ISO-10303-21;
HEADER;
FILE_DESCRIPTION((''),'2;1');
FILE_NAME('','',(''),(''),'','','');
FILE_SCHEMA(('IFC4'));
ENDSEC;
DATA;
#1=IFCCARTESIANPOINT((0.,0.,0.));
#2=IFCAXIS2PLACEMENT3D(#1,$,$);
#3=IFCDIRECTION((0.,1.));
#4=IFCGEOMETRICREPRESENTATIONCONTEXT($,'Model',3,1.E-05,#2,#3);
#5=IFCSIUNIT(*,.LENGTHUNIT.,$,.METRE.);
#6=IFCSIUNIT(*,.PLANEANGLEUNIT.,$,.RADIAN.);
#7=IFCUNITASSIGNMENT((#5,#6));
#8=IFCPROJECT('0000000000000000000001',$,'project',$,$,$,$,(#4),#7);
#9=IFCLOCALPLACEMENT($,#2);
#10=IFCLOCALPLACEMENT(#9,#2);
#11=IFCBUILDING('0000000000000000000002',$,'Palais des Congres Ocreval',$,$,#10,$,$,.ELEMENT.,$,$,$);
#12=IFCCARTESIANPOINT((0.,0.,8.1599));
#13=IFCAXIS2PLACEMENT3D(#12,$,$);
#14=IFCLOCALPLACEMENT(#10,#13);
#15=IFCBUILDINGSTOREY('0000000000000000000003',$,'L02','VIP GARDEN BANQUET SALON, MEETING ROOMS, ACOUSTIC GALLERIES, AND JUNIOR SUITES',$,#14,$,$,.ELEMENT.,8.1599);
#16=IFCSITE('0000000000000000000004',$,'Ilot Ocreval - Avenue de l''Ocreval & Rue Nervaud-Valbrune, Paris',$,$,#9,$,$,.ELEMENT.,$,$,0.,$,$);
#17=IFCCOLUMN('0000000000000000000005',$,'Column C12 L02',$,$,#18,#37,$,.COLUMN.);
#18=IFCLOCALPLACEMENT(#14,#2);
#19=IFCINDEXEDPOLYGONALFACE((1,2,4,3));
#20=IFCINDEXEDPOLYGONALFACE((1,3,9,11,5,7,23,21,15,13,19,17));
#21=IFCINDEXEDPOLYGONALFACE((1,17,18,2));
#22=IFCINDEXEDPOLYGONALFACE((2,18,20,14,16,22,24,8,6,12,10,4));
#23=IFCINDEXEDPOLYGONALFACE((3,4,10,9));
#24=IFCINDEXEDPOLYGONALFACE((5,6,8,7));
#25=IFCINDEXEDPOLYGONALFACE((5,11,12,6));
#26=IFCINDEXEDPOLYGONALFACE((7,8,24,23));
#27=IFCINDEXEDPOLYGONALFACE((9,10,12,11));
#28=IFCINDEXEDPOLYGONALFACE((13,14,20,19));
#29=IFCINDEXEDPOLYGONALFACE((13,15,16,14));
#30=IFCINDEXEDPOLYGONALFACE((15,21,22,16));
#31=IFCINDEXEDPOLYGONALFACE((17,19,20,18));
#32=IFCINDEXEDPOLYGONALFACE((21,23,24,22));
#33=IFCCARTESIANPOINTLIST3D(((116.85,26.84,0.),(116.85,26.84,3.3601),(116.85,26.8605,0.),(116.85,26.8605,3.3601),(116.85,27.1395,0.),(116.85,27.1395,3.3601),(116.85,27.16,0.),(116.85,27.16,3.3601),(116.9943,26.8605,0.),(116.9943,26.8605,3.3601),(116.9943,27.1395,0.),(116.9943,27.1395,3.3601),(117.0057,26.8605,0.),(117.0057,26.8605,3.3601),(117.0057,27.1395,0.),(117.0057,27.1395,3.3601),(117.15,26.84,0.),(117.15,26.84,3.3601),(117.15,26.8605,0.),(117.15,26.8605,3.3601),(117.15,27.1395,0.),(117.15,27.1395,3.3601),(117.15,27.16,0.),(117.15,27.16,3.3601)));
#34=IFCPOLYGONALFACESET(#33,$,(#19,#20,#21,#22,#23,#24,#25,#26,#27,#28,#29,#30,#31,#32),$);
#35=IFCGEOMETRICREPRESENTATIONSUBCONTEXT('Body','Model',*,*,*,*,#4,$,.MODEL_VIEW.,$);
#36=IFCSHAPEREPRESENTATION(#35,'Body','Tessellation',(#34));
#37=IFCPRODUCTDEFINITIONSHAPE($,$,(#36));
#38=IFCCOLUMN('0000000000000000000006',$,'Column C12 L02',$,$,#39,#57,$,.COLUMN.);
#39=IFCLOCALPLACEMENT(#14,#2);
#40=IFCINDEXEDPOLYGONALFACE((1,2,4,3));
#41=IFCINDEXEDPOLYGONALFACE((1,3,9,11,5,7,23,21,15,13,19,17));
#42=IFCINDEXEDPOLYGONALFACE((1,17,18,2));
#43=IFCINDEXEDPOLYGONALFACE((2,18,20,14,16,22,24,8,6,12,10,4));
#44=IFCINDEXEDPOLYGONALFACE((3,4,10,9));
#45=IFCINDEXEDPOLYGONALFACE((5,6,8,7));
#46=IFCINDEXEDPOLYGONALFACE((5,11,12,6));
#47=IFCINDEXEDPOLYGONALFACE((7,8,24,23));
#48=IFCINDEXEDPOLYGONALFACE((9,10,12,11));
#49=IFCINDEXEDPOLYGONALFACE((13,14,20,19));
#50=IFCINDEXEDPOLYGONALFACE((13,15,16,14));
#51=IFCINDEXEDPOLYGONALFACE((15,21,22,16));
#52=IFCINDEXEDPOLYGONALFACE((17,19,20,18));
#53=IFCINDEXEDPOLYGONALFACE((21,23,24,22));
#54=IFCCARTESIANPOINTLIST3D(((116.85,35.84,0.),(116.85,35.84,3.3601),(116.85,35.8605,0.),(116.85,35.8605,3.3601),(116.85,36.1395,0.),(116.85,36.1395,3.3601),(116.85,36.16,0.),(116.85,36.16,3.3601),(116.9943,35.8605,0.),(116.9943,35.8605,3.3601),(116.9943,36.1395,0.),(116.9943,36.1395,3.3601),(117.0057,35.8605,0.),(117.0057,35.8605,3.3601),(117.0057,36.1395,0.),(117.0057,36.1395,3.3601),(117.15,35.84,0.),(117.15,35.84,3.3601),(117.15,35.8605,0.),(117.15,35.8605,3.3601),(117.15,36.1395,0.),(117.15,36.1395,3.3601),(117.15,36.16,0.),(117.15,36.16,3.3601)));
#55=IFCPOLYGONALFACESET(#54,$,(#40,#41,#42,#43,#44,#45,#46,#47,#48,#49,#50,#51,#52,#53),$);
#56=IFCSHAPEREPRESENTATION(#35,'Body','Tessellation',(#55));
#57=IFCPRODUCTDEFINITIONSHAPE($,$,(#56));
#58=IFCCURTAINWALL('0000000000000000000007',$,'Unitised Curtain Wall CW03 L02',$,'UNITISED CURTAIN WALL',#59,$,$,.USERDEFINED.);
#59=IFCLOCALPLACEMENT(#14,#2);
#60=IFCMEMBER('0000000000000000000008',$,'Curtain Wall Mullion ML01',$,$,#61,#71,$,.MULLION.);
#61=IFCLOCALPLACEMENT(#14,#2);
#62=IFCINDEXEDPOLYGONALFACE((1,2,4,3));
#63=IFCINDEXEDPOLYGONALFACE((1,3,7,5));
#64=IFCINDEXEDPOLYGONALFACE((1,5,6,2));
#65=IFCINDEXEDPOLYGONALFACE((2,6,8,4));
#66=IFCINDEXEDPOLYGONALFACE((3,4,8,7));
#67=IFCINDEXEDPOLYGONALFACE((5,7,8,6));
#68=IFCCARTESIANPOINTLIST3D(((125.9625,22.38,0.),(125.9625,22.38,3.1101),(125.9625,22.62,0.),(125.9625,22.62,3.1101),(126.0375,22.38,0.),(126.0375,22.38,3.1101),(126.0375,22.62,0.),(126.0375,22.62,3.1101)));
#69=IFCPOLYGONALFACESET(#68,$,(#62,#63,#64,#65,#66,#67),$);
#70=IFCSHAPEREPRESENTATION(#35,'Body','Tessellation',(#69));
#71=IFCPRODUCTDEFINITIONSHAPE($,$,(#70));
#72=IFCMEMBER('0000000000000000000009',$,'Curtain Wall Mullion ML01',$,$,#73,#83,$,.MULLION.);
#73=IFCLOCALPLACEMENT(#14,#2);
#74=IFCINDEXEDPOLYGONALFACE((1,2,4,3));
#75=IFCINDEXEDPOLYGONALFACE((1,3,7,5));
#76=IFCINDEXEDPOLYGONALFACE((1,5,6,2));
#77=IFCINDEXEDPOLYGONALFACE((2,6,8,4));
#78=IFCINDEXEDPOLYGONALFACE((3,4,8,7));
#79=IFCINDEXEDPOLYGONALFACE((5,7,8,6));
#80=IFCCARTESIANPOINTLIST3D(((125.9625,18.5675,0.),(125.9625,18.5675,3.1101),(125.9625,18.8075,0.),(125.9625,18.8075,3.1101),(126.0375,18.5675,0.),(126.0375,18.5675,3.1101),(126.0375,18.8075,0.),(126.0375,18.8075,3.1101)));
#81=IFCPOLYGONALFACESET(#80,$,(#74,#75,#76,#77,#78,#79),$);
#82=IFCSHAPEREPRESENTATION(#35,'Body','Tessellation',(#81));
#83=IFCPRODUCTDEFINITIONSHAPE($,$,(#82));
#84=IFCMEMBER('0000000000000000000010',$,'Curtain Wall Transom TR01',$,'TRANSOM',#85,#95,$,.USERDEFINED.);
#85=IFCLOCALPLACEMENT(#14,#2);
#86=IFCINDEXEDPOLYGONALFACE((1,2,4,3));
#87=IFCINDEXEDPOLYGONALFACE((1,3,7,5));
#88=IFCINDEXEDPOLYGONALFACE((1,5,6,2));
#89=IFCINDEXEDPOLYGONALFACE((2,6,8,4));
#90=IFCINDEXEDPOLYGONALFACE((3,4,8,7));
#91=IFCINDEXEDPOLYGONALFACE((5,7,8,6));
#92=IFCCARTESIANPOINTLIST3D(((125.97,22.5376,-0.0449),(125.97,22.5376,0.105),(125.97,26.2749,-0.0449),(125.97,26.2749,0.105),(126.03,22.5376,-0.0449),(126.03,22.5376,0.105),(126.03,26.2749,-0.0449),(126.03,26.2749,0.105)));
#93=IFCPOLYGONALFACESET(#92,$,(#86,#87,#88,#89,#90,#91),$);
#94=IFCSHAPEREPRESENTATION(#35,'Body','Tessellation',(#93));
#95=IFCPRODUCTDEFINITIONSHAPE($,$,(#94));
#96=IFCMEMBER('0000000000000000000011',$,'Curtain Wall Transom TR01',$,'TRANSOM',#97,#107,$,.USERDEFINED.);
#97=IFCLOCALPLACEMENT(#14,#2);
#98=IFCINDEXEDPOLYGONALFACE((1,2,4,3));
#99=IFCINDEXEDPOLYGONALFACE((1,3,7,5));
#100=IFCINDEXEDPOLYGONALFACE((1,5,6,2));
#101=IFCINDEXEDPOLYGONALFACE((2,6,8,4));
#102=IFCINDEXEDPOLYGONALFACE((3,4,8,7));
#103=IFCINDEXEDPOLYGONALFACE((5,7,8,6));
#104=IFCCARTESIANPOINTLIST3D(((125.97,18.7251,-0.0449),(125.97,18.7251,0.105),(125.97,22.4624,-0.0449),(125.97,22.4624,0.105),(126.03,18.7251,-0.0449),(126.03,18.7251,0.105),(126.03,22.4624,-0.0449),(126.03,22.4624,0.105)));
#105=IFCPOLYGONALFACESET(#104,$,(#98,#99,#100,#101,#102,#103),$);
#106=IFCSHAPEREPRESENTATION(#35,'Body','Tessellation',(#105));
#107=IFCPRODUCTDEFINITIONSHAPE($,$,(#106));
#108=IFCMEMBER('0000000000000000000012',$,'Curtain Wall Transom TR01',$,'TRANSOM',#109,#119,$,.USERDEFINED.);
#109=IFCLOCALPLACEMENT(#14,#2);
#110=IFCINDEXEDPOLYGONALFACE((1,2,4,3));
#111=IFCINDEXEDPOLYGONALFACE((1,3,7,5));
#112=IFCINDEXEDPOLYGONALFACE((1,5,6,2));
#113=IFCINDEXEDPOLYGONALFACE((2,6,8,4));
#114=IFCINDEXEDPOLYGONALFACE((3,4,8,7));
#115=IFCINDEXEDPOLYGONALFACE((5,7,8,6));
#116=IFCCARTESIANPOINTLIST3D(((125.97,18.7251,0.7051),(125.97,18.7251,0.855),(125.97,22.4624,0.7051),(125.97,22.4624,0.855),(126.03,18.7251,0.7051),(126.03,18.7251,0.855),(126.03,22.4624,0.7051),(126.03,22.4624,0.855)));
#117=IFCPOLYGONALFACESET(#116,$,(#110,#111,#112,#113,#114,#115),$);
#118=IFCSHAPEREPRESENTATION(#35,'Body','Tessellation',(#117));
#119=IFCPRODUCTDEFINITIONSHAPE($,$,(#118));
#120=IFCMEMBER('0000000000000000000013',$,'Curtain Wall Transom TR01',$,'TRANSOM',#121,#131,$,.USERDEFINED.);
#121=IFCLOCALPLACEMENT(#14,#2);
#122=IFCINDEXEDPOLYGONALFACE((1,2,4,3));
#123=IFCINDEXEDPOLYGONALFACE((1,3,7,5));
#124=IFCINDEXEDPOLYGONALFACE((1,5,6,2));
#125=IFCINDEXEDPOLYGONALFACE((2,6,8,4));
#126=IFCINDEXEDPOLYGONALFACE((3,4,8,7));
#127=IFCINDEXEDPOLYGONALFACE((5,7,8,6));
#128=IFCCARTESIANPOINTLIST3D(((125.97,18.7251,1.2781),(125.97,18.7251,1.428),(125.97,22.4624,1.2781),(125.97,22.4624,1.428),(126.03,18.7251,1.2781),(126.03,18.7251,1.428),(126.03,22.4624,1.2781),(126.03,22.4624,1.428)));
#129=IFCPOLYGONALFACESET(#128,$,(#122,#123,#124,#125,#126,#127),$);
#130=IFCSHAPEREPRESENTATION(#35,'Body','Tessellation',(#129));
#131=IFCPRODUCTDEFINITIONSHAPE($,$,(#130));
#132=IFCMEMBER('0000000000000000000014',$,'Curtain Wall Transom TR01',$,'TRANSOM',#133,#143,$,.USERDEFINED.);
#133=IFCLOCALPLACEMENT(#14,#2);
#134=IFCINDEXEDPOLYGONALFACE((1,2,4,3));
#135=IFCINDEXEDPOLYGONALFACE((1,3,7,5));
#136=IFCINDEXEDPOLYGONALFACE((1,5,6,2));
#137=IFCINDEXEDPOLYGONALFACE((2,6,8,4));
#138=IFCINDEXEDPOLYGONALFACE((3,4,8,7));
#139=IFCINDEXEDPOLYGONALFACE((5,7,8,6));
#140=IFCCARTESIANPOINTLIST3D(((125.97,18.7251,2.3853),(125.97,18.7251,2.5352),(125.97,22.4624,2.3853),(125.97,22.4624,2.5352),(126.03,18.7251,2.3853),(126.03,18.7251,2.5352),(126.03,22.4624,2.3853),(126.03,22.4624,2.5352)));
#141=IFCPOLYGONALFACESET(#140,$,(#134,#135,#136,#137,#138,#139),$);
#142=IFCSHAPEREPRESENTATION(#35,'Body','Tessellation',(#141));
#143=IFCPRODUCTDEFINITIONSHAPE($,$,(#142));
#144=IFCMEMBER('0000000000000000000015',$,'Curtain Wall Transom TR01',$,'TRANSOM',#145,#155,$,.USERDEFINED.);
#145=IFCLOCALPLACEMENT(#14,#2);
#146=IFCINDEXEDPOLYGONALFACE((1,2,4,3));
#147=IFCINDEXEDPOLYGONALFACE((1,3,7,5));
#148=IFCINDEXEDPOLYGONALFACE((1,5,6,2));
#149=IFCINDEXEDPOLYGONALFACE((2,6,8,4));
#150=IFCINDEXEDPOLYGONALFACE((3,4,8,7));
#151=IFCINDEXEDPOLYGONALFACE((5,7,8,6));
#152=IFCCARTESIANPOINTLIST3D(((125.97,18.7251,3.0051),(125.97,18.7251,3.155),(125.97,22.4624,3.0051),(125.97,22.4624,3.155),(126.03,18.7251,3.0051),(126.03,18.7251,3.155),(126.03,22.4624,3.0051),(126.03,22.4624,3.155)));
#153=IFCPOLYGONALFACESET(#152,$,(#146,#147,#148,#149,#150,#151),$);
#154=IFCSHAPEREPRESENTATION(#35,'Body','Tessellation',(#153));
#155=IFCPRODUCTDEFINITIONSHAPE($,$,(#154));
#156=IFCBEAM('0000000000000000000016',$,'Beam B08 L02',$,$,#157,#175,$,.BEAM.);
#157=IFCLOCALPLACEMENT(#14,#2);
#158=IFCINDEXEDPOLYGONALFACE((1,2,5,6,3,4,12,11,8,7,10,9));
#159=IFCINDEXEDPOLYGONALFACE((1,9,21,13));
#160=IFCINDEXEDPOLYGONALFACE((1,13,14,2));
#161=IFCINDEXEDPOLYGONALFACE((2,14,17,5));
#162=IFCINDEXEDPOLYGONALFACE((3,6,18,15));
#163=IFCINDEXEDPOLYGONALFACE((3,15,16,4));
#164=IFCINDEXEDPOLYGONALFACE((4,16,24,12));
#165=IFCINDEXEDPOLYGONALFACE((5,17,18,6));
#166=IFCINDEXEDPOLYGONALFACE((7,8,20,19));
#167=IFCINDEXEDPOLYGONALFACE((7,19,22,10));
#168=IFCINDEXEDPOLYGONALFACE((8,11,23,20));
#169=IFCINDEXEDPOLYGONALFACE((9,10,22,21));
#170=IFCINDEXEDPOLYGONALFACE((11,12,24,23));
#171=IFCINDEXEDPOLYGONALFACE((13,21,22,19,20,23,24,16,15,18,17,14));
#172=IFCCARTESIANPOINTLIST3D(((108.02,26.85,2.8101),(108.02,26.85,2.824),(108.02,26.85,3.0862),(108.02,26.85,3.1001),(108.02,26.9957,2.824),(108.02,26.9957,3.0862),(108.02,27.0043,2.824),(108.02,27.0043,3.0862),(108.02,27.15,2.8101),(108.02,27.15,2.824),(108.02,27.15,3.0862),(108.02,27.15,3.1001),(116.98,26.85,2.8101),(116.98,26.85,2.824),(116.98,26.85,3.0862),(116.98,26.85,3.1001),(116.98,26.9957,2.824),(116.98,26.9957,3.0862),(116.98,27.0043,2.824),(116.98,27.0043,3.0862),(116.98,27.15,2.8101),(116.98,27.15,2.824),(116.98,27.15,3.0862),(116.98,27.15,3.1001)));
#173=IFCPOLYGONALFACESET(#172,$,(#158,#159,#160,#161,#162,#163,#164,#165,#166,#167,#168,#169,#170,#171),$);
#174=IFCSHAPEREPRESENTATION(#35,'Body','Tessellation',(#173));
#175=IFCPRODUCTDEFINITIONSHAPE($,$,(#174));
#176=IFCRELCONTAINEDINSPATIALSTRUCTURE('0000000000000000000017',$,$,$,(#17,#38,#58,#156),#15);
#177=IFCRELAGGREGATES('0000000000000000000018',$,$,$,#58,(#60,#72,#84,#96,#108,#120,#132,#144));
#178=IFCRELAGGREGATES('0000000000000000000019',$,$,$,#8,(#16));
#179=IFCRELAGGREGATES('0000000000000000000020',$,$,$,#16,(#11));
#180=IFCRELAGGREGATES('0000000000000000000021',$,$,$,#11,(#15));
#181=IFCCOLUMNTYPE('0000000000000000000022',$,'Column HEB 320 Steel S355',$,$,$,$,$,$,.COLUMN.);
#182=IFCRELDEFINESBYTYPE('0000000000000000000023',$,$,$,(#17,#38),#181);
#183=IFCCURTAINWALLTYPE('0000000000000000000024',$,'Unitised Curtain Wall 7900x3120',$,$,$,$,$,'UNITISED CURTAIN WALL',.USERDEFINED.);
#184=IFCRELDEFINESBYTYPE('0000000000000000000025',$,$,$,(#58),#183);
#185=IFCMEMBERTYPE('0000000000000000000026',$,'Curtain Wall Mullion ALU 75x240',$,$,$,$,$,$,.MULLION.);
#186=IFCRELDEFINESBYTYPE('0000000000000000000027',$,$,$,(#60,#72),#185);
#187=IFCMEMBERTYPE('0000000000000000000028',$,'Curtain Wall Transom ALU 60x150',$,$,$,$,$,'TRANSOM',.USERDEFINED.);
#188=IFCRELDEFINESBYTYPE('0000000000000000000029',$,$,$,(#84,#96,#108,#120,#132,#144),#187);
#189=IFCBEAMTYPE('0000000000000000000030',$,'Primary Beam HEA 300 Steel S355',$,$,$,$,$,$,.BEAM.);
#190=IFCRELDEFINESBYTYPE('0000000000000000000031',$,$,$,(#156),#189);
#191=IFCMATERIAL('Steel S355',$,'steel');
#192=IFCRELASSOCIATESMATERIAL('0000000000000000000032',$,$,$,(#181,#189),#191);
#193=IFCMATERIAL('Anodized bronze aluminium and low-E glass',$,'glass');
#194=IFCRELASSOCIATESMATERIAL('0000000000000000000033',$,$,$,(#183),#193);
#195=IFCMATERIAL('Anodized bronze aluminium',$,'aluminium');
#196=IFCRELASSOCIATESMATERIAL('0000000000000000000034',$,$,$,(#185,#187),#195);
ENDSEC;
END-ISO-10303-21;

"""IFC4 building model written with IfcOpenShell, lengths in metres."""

from ifc_helpers import new_model, si_unit, direction, frame, origin, origin_2d, place, context, subcontext, project, spatial, rectangle, i_section, extrude, material, material_profile, profile_set, type_object, element, aggregate, save


model = new_model("IFC4")

# Units and contexts
model_context = context("Model", 3, precision=1e-05, world=origin(), true_north=direction((0.0, 1.0)))
body_context = subcontext(model_context, "Body", "Model", "MODEL_VIEW")
ifc_project = project(units=[si_unit("LENGTHUNIT", "METRE"), si_unit("PLANEANGLEUNIT", "RADIAN")], contexts=[model_context])

# Site, building, storey
site_placement = place(None, origin())
site = spatial("IfcSite", under=ifc_project, at=site_placement, Name="Ilot Ocreval - Avenue de l'Ocreval & Rue Nervaud-Valbrune, Paris", CompositionType="ELEMENT", RefElevation=0.0)
building_placement = place(site_placement, origin())
building = spatial("IfcBuilding", under=site, at=building_placement, Name="Palais des Congres Ocreval", CompositionType="ELEMENT")
storey_placement = place(building_placement, frame((0.0, 0.0, 8.1599)))
storey = spatial("IfcBuildingStorey", under=building, at=storey_placement, Name="L02", Description="VIP GARDEN BANQUET SALON, MEETING ROOMS, ACOUSTIC GALLERIES, AND JUNIOR SUITES", CompositionType="ELEMENT", Elevation=8.1599)

# Columns
ifc_material_1 = material(Name="Steel S355", Category="steel")
ifc_material_profile_1 = material_profile(ifc_material_1, i_section(OverallWidth=0.3, OverallDepth=0.3201, WebThickness=0.0115, FlangeThickness=0.0205, at=origin_2d()), Name="HEB 320")
ifc_profile_set_1 = profile_set([ifc_material_profile_1], Name="Steel S355")
column_type = type_object("IfcColumnType", Name="Column HEB 320 Steel S355", PredefinedType="COLUMN", material=ifc_profile_set_1)
for number, where, z_axis, x_axis, name in (
    (1, (117.0, 27.0, 0.0), (0.0, 0.0, 1.0), (1.0, 0.0, 0.0), "Column C12 L02"),
    (2, (117.0, 36.0, 0.0), (0.0, 0.0, 1.0), (1.0, 0.0, 0.0), "Column C12 L02"),
):
    element("IfcColumn", number, at=place(storey_placement, frame(where, z_axis=z_axis, x_axis=x_axis)), inside=storey, type_object=column_type, Name=name, PredefinedType="COLUMN", context=body_context, shape_type="SweptSolid", body=[
        extrude(i_section(OverallWidth=0.3, OverallDepth=0.3201, WebThickness=0.0115, FlangeThickness=0.0205, at=origin_2d()), origin(), (0.0, 0.0, 1.0), 3.3601),
    ])

# Curtain wall, members
ifc_material_2 = material(Name="Anodized bronze aluminium and low-E glass", Category="glass")
curtain_wall_type = type_object("IfcCurtainWallType", Name="Unitised Curtain Wall 7900x3120", ElementType="UNITISED CURTAIN WALL", PredefinedType="USERDEFINED", material=ifc_material_2)
curtain_wall_placement = place(storey_placement, origin())
curtain_wall = element("IfcCurtainWall", 3, at=curtain_wall_placement, inside=storey, type_object=curtain_wall_type, Name="Unitised Curtain Wall CW03 L02", ObjectType="UNITISED CURTAIN WALL", PredefinedType="USERDEFINED")
ifc_material_3 = material(Name="Anodized bronze aluminium", Category="aluminium")
ifc_material_profile_2 = material_profile(ifc_material_3, rectangle(XDim=0.075, YDim=0.24, at=origin_2d()), Name="ALU 75x240")
ifc_profile_set_2 = profile_set([ifc_material_profile_2], Name="Anodized bronze aluminium")
member_type_1 = type_object("IfcMemberType", Name="Curtain Wall Mullion ALU 75x240", PredefinedType="MULLION", material=ifc_profile_set_2)
member_1_placement = place(storey_placement, frame((126.0, 22.5, 0.0), z_axis=(0.0, 0.0, 1.0), x_axis=(1.0, 0.0, 0.0)))
member_1 = element("IfcMember", 4, at=member_1_placement, type_object=member_type_1, Name="Curtain Wall Mullion ML01", PredefinedType="MULLION", context=body_context, shape_type="SweptSolid", body=[
    extrude(rectangle(XDim=0.075, YDim=0.24, at=origin_2d()), origin(), (0.0, 0.0, 1.0), 3.1101),
])
member_2_placement = place(storey_placement, frame((126.0, 18.6875, 0.0), z_axis=(0.0, 0.0, 1.0), x_axis=(1.0, 0.0, 0.0)))
member_2 = element("IfcMember", 5, at=member_2_placement, type_object=member_type_1, Name="Curtain Wall Mullion ML01", PredefinedType="MULLION", context=body_context, shape_type="SweptSolid", body=[
    extrude(rectangle(XDim=0.075, YDim=0.24, at=origin_2d()), origin(), (0.0, 0.0, 1.0), 3.1101),
])
ifc_material_profile_3 = material_profile(ifc_material_3, rectangle(XDim=0.0601, YDim=0.1499, at=origin_2d()), Name="ALU 60x150")
ifc_profile_set_3 = profile_set([ifc_material_profile_3], Name="Anodized bronze aluminium")
member_type_2 = type_object("IfcMemberType", Name="Curtain Wall Transom ALU 60x150", ElementType="TRANSOM", PredefinedType="USERDEFINED", material=ifc_profile_set_3)
member_3_placement = place(storey_placement, frame((126.0, 26.2749, 0.03), z_axis=(0.0, -1.0, 0.0), x_axis=(1.0, 0.0, 0.0)))
member_3 = element("IfcMember", 6, at=member_3_placement, type_object=member_type_2, Name="Curtain Wall Transom TR01", ObjectType="TRANSOM", PredefinedType="USERDEFINED", context=body_context, shape_type="SweptSolid", body=[
    extrude(rectangle(XDim=0.0601, YDim=0.1499, at=origin_2d()), origin(), (0.0, 0.0, 1.0), 3.7373),
])
member_4_placement = place(storey_placement, frame((126.0, 22.4624, 0.03), z_axis=(0.0, -1.0, 0.0), x_axis=(1.0, 0.0, 0.0)))
member_4 = element("IfcMember", 7, at=member_4_placement, type_object=member_type_2, Name="Curtain Wall Transom TR01", ObjectType="TRANSOM", PredefinedType="USERDEFINED", context=body_context, shape_type="SweptSolid", body=[
    extrude(rectangle(XDim=0.0601, YDim=0.1499, at=origin_2d()), origin(), (0.0, 0.0, 1.0), 3.7373),
])
member_5_placement = place(storey_placement, frame((126.0, 22.4624, 0.78), z_axis=(0.0, -1.0, 0.0), x_axis=(1.0, 0.0, 0.0)))
member_5 = element("IfcMember", 8, at=member_5_placement, type_object=member_type_2, Name="Curtain Wall Transom TR01", ObjectType="TRANSOM", PredefinedType="USERDEFINED", context=body_context, shape_type="SweptSolid", body=[
    extrude(rectangle(XDim=0.0601, YDim=0.1499, at=origin_2d()), origin(), (0.0, 0.0, 1.0), 3.7373),
])
member_6_placement = place(storey_placement, frame((126.0, 22.4624, 1.353), z_axis=(0.0, -1.0, 0.0), x_axis=(1.0, 0.0, 0.0)))
member_6 = element("IfcMember", 9, at=member_6_placement, type_object=member_type_2, Name="Curtain Wall Transom TR01", ObjectType="TRANSOM", PredefinedType="USERDEFINED", context=body_context, shape_type="SweptSolid", body=[
    extrude(rectangle(XDim=0.0601, YDim=0.1499, at=origin_2d()), origin(), (0.0, 0.0, 1.0), 3.7373),
])
member_7_placement = place(storey_placement, frame((126.0, 22.4624, 2.4602), z_axis=(0.0, -1.0, 0.0), x_axis=(1.0, 0.0, 0.0)))
member_7 = element("IfcMember", 10, at=member_7_placement, type_object=member_type_2, Name="Curtain Wall Transom TR01", ObjectType="TRANSOM", PredefinedType="USERDEFINED", context=body_context, shape_type="SweptSolid", body=[
    extrude(rectangle(XDim=0.0601, YDim=0.1499, at=origin_2d()), origin(), (0.0, 0.0, 1.0), 3.7373),
])
member_8_placement = place(storey_placement, frame((126.0, 22.4624, 3.0801), z_axis=(0.0, -1.0, 0.0), x_axis=(1.0, 0.0, 0.0)))
member_8 = element("IfcMember", 11, at=member_8_placement, type_object=member_type_2, Name="Curtain Wall Transom TR01", ObjectType="TRANSOM", PredefinedType="USERDEFINED", context=body_context, shape_type="SweptSolid", body=[
    extrude(rectangle(XDim=0.0601, YDim=0.1499, at=origin_2d()), origin(), (0.0, 0.0, 1.0), 3.7373),
])

# Beam
ifc_material_profile_4 = material_profile(ifc_material_1, i_section(OverallWidth=0.3, OverallDepth=0.29, WebThickness=0.0085, FlangeThickness=0.0139, at=origin_2d()), Name="HEA 300")
ifc_profile_set_4 = profile_set([ifc_material_profile_4], Name="Steel S355")
beam_type_1 = type_object("IfcBeamType", Name="Primary Beam HEA 300 Steel S355", PredefinedType="BEAM", material=ifc_profile_set_4)
beam_1_placement = place(storey_placement, frame((108.02, 27.0, 2.9551), z_axis=(1.0, 0.0, 0.0), x_axis=(0.0, 1.0, 0.0)))
element("IfcBeam", 12, at=beam_1_placement, inside=storey, type_object=beam_type_1, Name="Beam B08 L02", PredefinedType="BEAM", context=body_context, shape_type="SweptSolid", body=[
    extrude(i_section(OverallWidth=0.3, OverallDepth=0.29, WebThickness=0.0085, FlangeThickness=0.0139, at=origin_2d()), origin(), (0.0, 0.0, 1.0), 8.96),
])

aggregate(curtain_wall, [member_1, member_2, member_3, member_4, member_5, member_6, member_7, member_8])

save(model, "model.ifc")
